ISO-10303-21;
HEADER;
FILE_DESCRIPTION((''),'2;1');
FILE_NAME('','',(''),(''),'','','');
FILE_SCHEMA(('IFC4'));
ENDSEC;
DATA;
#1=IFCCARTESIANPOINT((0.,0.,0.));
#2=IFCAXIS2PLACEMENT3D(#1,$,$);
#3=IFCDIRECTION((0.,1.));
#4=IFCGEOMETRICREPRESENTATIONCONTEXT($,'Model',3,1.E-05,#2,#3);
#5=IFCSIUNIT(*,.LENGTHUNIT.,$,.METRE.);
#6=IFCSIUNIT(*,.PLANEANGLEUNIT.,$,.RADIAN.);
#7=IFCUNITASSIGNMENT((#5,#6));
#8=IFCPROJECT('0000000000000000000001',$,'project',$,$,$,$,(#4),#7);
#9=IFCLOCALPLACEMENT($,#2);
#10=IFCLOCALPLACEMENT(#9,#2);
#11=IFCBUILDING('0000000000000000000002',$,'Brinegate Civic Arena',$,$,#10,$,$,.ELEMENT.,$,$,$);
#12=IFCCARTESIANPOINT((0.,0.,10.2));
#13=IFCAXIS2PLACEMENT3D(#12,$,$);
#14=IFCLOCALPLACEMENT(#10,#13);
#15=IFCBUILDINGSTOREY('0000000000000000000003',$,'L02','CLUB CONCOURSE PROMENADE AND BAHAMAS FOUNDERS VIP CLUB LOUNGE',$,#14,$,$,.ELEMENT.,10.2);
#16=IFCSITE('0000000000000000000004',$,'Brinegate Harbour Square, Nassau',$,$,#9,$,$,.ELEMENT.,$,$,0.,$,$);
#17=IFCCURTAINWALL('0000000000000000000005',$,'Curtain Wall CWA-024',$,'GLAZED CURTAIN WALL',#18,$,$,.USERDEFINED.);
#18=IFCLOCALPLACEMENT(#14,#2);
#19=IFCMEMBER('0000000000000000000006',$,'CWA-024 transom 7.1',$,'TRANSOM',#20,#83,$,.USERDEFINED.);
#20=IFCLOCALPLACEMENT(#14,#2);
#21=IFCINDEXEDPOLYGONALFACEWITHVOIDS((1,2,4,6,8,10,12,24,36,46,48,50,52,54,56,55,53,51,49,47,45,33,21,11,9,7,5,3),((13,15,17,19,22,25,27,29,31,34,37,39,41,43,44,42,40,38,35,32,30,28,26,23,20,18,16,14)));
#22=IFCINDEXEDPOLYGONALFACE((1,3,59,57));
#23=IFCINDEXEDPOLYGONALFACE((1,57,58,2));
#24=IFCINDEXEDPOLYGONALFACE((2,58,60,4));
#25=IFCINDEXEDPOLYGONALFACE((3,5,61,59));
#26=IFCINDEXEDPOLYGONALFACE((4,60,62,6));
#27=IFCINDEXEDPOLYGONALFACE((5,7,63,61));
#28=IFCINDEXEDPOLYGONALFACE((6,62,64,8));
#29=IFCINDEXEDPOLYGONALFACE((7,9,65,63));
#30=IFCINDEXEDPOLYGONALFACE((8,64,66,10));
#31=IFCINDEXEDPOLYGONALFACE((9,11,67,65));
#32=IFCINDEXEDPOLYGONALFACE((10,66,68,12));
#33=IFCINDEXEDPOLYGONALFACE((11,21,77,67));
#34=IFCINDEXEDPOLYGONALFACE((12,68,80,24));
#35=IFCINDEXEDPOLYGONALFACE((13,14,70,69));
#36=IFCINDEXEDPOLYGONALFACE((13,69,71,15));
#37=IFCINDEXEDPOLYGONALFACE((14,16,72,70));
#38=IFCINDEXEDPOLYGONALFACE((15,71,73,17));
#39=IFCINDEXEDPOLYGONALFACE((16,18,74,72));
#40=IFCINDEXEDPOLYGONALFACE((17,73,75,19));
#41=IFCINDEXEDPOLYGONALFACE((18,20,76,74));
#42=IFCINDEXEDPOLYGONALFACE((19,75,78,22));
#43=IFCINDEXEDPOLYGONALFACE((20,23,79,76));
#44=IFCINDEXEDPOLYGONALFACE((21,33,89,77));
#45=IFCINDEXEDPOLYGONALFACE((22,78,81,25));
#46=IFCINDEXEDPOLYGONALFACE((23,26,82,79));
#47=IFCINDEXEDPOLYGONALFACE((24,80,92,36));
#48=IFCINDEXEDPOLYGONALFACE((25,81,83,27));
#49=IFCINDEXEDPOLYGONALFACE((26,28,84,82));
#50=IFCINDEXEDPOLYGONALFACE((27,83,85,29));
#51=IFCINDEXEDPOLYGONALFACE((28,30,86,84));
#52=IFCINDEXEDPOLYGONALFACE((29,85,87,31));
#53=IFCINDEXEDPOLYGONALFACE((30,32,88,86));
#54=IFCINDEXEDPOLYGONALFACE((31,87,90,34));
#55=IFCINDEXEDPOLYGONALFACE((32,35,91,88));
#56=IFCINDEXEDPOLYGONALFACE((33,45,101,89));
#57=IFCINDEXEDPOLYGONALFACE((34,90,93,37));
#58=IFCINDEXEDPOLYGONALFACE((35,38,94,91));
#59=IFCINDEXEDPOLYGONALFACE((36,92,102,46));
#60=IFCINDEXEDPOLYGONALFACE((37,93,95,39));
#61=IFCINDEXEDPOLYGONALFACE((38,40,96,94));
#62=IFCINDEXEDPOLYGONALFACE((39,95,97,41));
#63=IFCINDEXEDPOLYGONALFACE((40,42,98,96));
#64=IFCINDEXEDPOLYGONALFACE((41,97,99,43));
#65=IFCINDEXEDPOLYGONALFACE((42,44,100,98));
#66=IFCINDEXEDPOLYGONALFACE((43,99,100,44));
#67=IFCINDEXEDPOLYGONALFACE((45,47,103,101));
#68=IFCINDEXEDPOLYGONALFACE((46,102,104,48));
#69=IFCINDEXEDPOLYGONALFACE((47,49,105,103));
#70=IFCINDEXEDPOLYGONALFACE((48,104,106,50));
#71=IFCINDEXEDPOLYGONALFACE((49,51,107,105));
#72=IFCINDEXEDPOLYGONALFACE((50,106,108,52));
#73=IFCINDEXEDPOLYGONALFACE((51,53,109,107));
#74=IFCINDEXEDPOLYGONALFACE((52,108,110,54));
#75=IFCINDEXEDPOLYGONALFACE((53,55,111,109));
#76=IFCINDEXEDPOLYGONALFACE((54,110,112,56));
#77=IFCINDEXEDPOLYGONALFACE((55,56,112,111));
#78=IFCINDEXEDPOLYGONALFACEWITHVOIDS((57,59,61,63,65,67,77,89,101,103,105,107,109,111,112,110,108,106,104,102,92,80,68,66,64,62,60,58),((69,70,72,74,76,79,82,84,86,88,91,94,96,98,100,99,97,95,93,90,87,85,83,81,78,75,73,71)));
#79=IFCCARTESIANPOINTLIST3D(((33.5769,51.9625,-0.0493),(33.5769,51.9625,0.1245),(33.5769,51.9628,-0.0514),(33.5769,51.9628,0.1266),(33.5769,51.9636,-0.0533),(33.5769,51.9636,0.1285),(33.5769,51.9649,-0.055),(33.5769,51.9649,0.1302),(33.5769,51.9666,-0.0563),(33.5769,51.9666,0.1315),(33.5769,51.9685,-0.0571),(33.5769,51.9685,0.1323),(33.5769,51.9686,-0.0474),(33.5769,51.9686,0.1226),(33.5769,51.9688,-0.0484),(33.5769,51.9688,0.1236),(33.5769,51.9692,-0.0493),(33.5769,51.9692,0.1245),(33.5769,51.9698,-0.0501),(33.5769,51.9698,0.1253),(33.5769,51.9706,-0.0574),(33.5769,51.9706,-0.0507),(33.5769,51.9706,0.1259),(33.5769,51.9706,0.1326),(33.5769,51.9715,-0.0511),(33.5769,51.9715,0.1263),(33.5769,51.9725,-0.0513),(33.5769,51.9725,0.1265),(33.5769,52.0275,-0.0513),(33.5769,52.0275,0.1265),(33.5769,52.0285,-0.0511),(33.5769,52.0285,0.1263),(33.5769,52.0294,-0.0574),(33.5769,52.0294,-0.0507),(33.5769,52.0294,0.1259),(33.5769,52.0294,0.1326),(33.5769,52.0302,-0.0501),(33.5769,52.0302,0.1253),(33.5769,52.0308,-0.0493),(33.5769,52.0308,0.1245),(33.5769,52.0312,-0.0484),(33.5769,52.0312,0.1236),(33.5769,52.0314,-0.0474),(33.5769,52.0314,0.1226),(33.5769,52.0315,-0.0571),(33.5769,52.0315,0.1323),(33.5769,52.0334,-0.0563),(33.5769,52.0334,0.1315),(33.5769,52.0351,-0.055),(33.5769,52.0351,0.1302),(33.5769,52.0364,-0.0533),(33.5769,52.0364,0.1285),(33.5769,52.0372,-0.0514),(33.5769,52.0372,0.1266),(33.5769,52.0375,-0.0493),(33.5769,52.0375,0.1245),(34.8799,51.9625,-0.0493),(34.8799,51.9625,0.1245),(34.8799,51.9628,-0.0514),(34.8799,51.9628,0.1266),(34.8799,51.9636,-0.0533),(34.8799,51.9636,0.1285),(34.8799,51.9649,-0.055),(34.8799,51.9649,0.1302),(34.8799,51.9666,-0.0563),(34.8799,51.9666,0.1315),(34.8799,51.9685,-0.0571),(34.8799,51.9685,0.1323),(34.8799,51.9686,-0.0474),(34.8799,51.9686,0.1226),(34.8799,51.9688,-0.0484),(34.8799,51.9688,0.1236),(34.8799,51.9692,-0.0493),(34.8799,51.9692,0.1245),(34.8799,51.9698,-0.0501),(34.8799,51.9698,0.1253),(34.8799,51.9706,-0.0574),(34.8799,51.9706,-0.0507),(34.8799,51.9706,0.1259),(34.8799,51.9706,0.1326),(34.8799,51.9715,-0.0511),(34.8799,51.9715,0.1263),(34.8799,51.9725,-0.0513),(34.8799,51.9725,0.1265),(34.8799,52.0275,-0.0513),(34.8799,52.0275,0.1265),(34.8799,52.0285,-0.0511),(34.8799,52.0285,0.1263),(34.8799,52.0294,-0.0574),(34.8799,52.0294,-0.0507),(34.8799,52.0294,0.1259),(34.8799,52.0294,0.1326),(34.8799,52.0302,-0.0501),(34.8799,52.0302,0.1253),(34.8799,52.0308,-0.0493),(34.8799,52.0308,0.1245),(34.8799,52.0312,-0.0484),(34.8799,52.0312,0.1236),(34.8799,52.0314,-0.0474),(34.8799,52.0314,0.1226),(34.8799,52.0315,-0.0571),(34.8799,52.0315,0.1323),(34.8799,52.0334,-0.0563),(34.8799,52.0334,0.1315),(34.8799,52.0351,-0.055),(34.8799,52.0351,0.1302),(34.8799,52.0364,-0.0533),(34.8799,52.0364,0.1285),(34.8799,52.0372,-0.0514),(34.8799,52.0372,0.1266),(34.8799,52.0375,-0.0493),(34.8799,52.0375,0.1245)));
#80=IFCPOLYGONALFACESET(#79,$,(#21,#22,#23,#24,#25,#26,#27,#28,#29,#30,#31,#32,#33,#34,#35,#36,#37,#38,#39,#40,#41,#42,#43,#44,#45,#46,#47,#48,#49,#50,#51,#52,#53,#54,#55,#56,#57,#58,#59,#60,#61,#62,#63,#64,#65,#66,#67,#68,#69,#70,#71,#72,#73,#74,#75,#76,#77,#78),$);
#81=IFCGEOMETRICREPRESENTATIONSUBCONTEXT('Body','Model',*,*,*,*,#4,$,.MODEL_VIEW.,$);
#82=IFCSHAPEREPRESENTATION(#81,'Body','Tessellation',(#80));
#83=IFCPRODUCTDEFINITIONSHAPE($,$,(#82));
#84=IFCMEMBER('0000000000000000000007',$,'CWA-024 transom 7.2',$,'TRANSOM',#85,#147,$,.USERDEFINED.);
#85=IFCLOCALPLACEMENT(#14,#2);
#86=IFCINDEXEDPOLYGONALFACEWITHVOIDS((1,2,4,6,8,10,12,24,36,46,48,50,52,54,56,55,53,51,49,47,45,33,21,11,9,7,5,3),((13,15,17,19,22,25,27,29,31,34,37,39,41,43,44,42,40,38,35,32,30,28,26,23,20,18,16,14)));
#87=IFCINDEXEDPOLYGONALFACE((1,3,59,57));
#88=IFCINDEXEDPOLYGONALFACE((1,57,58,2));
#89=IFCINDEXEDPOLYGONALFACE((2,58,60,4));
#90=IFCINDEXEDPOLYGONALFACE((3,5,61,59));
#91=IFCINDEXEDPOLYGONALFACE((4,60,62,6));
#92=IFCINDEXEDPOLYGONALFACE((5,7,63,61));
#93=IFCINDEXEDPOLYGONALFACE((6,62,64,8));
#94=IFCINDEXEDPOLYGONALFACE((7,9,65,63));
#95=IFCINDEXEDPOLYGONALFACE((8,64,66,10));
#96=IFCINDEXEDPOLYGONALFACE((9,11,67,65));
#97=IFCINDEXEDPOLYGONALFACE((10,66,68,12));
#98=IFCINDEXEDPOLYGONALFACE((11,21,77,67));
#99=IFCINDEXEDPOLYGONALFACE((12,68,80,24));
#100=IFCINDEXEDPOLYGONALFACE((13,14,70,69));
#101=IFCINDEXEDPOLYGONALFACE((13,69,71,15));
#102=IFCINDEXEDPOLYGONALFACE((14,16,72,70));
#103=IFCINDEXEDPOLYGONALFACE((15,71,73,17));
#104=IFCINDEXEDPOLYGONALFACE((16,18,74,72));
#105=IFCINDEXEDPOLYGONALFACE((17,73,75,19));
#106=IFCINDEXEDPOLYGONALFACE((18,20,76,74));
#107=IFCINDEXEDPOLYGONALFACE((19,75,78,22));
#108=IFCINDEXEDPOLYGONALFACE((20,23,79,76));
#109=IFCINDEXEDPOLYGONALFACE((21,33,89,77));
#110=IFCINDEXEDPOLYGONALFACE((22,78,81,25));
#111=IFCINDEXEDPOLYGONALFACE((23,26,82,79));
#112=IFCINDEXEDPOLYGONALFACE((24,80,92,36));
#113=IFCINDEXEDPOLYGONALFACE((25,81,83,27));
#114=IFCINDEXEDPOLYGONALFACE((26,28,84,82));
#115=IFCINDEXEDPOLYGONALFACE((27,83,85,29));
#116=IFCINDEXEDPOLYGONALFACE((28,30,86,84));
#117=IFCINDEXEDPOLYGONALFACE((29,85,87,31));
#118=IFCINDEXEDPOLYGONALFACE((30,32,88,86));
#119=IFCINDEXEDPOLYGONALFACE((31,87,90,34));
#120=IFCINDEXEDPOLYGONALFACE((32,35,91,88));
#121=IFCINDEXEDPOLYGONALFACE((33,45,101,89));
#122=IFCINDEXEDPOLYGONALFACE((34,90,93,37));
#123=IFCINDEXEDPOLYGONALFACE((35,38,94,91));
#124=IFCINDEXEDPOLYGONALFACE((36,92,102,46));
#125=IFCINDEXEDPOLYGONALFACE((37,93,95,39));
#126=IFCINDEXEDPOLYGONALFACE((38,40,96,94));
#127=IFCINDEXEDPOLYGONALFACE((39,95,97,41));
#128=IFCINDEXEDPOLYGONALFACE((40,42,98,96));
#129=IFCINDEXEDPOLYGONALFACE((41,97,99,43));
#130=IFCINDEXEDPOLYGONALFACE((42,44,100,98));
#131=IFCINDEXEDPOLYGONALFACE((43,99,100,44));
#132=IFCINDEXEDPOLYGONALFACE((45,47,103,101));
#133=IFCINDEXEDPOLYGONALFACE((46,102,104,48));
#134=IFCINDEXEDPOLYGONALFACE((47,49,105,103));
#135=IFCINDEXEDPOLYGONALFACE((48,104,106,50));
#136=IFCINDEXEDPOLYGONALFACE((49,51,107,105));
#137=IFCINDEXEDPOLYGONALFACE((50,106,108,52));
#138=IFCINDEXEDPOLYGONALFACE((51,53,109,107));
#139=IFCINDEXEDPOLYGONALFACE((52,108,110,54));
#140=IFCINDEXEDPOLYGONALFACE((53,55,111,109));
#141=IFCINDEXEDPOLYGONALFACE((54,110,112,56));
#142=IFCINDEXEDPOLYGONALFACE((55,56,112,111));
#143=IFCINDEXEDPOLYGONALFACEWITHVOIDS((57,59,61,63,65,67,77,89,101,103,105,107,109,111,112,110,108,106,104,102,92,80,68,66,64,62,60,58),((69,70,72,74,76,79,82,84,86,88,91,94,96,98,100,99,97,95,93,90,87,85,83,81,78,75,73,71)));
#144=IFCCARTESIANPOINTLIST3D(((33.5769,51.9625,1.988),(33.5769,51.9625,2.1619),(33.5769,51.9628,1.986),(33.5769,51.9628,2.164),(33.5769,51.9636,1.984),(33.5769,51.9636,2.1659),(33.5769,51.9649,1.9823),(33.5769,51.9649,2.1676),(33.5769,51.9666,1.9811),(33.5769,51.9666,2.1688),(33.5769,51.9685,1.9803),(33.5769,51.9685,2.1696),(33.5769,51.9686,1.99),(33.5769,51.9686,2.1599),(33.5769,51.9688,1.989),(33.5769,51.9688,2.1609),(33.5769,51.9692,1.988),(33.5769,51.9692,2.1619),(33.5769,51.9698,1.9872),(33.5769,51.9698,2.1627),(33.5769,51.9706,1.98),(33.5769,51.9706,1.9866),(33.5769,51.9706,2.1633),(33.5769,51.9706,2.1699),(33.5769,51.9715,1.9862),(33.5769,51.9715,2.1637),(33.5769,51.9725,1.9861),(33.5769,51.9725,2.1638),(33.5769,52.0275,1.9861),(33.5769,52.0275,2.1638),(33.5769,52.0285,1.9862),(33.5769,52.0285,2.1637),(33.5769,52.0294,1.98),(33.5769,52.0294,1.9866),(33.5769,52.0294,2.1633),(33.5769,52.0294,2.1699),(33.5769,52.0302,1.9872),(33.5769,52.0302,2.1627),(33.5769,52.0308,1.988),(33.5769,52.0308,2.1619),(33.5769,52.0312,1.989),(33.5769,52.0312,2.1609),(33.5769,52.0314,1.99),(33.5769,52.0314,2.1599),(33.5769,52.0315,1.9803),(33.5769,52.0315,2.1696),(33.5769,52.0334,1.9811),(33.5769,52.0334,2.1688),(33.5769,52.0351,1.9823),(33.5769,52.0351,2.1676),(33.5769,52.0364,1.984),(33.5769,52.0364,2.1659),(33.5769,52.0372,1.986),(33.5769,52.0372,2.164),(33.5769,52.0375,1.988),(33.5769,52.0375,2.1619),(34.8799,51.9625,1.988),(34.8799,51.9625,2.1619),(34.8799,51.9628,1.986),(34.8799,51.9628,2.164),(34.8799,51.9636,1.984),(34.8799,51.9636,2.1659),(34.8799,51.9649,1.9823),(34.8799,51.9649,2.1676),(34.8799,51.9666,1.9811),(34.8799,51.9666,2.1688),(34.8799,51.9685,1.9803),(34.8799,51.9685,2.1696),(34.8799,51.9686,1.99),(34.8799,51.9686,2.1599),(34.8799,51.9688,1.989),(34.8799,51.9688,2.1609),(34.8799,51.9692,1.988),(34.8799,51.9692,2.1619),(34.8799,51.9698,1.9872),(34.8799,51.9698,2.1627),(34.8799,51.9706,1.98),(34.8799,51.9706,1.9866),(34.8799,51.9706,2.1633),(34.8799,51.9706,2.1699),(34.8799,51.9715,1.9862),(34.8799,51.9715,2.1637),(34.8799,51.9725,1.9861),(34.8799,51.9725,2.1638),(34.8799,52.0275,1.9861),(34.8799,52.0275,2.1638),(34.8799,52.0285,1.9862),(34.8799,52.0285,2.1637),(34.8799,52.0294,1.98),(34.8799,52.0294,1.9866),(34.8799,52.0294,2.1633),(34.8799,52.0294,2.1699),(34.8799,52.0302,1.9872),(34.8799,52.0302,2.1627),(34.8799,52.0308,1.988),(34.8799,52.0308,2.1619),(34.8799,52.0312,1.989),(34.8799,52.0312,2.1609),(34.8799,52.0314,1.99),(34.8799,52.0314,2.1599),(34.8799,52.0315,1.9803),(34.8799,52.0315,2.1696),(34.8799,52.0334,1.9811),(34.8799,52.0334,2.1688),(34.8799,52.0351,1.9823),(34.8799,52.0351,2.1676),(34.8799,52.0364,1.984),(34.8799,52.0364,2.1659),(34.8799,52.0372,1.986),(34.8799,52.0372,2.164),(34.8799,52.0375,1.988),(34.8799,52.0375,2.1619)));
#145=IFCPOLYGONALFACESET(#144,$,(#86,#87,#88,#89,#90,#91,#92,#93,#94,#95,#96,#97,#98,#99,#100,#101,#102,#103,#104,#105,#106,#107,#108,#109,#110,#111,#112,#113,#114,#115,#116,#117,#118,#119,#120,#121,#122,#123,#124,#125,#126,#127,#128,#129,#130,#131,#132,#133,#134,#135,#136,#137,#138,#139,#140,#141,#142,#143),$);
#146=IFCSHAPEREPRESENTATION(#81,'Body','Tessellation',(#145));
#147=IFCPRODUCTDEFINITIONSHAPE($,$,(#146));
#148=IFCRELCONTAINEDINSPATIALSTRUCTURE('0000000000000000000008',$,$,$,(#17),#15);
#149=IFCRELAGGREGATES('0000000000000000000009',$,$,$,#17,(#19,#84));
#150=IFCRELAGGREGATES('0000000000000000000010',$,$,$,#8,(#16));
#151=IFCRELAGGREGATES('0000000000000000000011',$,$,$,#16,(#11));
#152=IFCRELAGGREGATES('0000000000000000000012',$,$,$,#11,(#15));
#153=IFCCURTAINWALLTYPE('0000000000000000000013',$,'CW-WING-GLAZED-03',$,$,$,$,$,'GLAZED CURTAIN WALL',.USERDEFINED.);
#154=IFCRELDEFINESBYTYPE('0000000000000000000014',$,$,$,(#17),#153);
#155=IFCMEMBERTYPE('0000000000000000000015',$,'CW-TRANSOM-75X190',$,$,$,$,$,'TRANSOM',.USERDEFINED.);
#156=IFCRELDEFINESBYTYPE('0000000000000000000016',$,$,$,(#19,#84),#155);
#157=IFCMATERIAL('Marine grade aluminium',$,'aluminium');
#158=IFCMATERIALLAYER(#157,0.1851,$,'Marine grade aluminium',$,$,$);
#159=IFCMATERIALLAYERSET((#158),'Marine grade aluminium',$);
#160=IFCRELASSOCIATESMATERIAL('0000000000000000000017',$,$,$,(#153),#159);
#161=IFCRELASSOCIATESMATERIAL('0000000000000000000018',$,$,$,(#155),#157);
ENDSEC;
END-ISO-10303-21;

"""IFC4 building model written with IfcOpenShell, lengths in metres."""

from ifc_helpers import new_model, si_unit, direction, frame, origin, origin_2d, place, context, subcontext, project, spatial, hollow_rectangle, extrude, material, layer, layer_set, material_profile, profile_set, type_object, element, aggregate, save


model = new_model("IFC4")

# Units and contexts
model_context = context("Model", 3, precision=1e-05, world=origin(), true_north=direction((0.0, 1.0)))
body_context = subcontext(model_context, "Body", "Model", "MODEL_VIEW")
ifc_project = project(units=[si_unit("LENGTHUNIT", "METRE"), si_unit("PLANEANGLEUNIT", "RADIAN")], contexts=[model_context])

# Site, building, storey
site_placement = place(None, origin())
site = spatial("IfcSite", under=ifc_project, at=site_placement, Name="Brinegate Harbour Square, Nassau", CompositionType="ELEMENT", RefElevation=0.0)
building_placement = place(site_placement, origin())
building = spatial("IfcBuilding", under=site, at=building_placement, Name="Brinegate Civic Arena", CompositionType="ELEMENT")
storey_placement = place(building_placement, frame((0.0, 0.0, 10.2)))
storey = spatial("IfcBuildingStorey", under=building, at=storey_placement, Name="L02", Description="CLUB CONCOURSE PROMENADE AND BAHAMAS FOUNDERS VIP CLUB LOUNGE", CompositionType="ELEMENT", Elevation=10.2)

# Curtain wall
ifc_material_1 = material(Name="Marine grade aluminium", Category="aluminium")
ifc_layer_1 = layer(ifc_material_1, 0.1851, Name="Marine grade aluminium")
ifc_layer_set_1 = layer_set([ifc_layer_1], Name="Marine grade aluminium")
curtain_wall_type = type_object("IfcCurtainWallType", Name="CW-WING-GLAZED-03", ElementType="GLAZED CURTAIN WALL", PredefinedType="USERDEFINED", material=ifc_layer_set_1)
curtain_wall_1_placement = place(storey_placement, origin())
curtain_wall_1 = element("IfcCurtainWall", 1, at=curtain_wall_1_placement, inside=storey, type_object=curtain_wall_type, Name="Curtain Wall CWA-024", ObjectType="GLAZED CURTAIN WALL", PredefinedType="USERDEFINED")

# Members
ifc_material_profile_1 = material_profile(ifc_material_1, hollow_rectangle(XDim=0.075, YDim=0.1899, WallThickness=0.0061, InnerFilletRadius=0.0039, OuterFilletRadius=0.0081, at=origin_2d()), Name="TRN75X190")
ifc_profile_set_1 = profile_set([ifc_material_profile_1], Name="Marine grade aluminium")
member_type_1 = type_object("IfcMemberType", Name="CW-TRANSOM-75X190", ElementType="TRANSOM", PredefinedType="USERDEFINED", material=ifc_profile_set_1)
member_1_placement = place(storey_placement, frame((33.5769, 52.0, 0.0376), z_axis=(1.0, 0.0, 0.0), x_axis=(0.0, 1.0, 0.0)))
member_1 = element("IfcMember", 2, at=member_1_placement, type_object=member_type_1, Name="CWA-024 transom 7.1", ObjectType="TRANSOM", PredefinedType="USERDEFINED", context=body_context, shape_type="SweptSolid", body=[
    extrude(hollow_rectangle(XDim=0.075, YDim=0.1899, WallThickness=0.0061, InnerFilletRadius=0.0039, OuterFilletRadius=0.0081, at=origin_2d()), origin(), (0.0, 0.0, 1.0), 1.303),
])
member_2_placement = place(storey_placement, frame((33.5769, 52.0, 2.075), z_axis=(1.0, 0.0, 0.0), x_axis=(0.0, 1.0, 0.0)))
member_2 = element("IfcMember", 3, at=member_2_placement, type_object=member_type_1, Name="CWA-024 transom 7.2", ObjectType="TRANSOM", PredefinedType="USERDEFINED", context=body_context, shape_type="SweptSolid", body=[
    extrude(hollow_rectangle(XDim=0.075, YDim=0.1899, WallThickness=0.0061, InnerFilletRadius=0.0039, OuterFilletRadius=0.0081, at=origin_2d()), origin(), (0.0, 0.0, 1.0), 1.303),
])

aggregate(curtain_wall_1, [member_1, member_2])

save(model, "model.ifc")
